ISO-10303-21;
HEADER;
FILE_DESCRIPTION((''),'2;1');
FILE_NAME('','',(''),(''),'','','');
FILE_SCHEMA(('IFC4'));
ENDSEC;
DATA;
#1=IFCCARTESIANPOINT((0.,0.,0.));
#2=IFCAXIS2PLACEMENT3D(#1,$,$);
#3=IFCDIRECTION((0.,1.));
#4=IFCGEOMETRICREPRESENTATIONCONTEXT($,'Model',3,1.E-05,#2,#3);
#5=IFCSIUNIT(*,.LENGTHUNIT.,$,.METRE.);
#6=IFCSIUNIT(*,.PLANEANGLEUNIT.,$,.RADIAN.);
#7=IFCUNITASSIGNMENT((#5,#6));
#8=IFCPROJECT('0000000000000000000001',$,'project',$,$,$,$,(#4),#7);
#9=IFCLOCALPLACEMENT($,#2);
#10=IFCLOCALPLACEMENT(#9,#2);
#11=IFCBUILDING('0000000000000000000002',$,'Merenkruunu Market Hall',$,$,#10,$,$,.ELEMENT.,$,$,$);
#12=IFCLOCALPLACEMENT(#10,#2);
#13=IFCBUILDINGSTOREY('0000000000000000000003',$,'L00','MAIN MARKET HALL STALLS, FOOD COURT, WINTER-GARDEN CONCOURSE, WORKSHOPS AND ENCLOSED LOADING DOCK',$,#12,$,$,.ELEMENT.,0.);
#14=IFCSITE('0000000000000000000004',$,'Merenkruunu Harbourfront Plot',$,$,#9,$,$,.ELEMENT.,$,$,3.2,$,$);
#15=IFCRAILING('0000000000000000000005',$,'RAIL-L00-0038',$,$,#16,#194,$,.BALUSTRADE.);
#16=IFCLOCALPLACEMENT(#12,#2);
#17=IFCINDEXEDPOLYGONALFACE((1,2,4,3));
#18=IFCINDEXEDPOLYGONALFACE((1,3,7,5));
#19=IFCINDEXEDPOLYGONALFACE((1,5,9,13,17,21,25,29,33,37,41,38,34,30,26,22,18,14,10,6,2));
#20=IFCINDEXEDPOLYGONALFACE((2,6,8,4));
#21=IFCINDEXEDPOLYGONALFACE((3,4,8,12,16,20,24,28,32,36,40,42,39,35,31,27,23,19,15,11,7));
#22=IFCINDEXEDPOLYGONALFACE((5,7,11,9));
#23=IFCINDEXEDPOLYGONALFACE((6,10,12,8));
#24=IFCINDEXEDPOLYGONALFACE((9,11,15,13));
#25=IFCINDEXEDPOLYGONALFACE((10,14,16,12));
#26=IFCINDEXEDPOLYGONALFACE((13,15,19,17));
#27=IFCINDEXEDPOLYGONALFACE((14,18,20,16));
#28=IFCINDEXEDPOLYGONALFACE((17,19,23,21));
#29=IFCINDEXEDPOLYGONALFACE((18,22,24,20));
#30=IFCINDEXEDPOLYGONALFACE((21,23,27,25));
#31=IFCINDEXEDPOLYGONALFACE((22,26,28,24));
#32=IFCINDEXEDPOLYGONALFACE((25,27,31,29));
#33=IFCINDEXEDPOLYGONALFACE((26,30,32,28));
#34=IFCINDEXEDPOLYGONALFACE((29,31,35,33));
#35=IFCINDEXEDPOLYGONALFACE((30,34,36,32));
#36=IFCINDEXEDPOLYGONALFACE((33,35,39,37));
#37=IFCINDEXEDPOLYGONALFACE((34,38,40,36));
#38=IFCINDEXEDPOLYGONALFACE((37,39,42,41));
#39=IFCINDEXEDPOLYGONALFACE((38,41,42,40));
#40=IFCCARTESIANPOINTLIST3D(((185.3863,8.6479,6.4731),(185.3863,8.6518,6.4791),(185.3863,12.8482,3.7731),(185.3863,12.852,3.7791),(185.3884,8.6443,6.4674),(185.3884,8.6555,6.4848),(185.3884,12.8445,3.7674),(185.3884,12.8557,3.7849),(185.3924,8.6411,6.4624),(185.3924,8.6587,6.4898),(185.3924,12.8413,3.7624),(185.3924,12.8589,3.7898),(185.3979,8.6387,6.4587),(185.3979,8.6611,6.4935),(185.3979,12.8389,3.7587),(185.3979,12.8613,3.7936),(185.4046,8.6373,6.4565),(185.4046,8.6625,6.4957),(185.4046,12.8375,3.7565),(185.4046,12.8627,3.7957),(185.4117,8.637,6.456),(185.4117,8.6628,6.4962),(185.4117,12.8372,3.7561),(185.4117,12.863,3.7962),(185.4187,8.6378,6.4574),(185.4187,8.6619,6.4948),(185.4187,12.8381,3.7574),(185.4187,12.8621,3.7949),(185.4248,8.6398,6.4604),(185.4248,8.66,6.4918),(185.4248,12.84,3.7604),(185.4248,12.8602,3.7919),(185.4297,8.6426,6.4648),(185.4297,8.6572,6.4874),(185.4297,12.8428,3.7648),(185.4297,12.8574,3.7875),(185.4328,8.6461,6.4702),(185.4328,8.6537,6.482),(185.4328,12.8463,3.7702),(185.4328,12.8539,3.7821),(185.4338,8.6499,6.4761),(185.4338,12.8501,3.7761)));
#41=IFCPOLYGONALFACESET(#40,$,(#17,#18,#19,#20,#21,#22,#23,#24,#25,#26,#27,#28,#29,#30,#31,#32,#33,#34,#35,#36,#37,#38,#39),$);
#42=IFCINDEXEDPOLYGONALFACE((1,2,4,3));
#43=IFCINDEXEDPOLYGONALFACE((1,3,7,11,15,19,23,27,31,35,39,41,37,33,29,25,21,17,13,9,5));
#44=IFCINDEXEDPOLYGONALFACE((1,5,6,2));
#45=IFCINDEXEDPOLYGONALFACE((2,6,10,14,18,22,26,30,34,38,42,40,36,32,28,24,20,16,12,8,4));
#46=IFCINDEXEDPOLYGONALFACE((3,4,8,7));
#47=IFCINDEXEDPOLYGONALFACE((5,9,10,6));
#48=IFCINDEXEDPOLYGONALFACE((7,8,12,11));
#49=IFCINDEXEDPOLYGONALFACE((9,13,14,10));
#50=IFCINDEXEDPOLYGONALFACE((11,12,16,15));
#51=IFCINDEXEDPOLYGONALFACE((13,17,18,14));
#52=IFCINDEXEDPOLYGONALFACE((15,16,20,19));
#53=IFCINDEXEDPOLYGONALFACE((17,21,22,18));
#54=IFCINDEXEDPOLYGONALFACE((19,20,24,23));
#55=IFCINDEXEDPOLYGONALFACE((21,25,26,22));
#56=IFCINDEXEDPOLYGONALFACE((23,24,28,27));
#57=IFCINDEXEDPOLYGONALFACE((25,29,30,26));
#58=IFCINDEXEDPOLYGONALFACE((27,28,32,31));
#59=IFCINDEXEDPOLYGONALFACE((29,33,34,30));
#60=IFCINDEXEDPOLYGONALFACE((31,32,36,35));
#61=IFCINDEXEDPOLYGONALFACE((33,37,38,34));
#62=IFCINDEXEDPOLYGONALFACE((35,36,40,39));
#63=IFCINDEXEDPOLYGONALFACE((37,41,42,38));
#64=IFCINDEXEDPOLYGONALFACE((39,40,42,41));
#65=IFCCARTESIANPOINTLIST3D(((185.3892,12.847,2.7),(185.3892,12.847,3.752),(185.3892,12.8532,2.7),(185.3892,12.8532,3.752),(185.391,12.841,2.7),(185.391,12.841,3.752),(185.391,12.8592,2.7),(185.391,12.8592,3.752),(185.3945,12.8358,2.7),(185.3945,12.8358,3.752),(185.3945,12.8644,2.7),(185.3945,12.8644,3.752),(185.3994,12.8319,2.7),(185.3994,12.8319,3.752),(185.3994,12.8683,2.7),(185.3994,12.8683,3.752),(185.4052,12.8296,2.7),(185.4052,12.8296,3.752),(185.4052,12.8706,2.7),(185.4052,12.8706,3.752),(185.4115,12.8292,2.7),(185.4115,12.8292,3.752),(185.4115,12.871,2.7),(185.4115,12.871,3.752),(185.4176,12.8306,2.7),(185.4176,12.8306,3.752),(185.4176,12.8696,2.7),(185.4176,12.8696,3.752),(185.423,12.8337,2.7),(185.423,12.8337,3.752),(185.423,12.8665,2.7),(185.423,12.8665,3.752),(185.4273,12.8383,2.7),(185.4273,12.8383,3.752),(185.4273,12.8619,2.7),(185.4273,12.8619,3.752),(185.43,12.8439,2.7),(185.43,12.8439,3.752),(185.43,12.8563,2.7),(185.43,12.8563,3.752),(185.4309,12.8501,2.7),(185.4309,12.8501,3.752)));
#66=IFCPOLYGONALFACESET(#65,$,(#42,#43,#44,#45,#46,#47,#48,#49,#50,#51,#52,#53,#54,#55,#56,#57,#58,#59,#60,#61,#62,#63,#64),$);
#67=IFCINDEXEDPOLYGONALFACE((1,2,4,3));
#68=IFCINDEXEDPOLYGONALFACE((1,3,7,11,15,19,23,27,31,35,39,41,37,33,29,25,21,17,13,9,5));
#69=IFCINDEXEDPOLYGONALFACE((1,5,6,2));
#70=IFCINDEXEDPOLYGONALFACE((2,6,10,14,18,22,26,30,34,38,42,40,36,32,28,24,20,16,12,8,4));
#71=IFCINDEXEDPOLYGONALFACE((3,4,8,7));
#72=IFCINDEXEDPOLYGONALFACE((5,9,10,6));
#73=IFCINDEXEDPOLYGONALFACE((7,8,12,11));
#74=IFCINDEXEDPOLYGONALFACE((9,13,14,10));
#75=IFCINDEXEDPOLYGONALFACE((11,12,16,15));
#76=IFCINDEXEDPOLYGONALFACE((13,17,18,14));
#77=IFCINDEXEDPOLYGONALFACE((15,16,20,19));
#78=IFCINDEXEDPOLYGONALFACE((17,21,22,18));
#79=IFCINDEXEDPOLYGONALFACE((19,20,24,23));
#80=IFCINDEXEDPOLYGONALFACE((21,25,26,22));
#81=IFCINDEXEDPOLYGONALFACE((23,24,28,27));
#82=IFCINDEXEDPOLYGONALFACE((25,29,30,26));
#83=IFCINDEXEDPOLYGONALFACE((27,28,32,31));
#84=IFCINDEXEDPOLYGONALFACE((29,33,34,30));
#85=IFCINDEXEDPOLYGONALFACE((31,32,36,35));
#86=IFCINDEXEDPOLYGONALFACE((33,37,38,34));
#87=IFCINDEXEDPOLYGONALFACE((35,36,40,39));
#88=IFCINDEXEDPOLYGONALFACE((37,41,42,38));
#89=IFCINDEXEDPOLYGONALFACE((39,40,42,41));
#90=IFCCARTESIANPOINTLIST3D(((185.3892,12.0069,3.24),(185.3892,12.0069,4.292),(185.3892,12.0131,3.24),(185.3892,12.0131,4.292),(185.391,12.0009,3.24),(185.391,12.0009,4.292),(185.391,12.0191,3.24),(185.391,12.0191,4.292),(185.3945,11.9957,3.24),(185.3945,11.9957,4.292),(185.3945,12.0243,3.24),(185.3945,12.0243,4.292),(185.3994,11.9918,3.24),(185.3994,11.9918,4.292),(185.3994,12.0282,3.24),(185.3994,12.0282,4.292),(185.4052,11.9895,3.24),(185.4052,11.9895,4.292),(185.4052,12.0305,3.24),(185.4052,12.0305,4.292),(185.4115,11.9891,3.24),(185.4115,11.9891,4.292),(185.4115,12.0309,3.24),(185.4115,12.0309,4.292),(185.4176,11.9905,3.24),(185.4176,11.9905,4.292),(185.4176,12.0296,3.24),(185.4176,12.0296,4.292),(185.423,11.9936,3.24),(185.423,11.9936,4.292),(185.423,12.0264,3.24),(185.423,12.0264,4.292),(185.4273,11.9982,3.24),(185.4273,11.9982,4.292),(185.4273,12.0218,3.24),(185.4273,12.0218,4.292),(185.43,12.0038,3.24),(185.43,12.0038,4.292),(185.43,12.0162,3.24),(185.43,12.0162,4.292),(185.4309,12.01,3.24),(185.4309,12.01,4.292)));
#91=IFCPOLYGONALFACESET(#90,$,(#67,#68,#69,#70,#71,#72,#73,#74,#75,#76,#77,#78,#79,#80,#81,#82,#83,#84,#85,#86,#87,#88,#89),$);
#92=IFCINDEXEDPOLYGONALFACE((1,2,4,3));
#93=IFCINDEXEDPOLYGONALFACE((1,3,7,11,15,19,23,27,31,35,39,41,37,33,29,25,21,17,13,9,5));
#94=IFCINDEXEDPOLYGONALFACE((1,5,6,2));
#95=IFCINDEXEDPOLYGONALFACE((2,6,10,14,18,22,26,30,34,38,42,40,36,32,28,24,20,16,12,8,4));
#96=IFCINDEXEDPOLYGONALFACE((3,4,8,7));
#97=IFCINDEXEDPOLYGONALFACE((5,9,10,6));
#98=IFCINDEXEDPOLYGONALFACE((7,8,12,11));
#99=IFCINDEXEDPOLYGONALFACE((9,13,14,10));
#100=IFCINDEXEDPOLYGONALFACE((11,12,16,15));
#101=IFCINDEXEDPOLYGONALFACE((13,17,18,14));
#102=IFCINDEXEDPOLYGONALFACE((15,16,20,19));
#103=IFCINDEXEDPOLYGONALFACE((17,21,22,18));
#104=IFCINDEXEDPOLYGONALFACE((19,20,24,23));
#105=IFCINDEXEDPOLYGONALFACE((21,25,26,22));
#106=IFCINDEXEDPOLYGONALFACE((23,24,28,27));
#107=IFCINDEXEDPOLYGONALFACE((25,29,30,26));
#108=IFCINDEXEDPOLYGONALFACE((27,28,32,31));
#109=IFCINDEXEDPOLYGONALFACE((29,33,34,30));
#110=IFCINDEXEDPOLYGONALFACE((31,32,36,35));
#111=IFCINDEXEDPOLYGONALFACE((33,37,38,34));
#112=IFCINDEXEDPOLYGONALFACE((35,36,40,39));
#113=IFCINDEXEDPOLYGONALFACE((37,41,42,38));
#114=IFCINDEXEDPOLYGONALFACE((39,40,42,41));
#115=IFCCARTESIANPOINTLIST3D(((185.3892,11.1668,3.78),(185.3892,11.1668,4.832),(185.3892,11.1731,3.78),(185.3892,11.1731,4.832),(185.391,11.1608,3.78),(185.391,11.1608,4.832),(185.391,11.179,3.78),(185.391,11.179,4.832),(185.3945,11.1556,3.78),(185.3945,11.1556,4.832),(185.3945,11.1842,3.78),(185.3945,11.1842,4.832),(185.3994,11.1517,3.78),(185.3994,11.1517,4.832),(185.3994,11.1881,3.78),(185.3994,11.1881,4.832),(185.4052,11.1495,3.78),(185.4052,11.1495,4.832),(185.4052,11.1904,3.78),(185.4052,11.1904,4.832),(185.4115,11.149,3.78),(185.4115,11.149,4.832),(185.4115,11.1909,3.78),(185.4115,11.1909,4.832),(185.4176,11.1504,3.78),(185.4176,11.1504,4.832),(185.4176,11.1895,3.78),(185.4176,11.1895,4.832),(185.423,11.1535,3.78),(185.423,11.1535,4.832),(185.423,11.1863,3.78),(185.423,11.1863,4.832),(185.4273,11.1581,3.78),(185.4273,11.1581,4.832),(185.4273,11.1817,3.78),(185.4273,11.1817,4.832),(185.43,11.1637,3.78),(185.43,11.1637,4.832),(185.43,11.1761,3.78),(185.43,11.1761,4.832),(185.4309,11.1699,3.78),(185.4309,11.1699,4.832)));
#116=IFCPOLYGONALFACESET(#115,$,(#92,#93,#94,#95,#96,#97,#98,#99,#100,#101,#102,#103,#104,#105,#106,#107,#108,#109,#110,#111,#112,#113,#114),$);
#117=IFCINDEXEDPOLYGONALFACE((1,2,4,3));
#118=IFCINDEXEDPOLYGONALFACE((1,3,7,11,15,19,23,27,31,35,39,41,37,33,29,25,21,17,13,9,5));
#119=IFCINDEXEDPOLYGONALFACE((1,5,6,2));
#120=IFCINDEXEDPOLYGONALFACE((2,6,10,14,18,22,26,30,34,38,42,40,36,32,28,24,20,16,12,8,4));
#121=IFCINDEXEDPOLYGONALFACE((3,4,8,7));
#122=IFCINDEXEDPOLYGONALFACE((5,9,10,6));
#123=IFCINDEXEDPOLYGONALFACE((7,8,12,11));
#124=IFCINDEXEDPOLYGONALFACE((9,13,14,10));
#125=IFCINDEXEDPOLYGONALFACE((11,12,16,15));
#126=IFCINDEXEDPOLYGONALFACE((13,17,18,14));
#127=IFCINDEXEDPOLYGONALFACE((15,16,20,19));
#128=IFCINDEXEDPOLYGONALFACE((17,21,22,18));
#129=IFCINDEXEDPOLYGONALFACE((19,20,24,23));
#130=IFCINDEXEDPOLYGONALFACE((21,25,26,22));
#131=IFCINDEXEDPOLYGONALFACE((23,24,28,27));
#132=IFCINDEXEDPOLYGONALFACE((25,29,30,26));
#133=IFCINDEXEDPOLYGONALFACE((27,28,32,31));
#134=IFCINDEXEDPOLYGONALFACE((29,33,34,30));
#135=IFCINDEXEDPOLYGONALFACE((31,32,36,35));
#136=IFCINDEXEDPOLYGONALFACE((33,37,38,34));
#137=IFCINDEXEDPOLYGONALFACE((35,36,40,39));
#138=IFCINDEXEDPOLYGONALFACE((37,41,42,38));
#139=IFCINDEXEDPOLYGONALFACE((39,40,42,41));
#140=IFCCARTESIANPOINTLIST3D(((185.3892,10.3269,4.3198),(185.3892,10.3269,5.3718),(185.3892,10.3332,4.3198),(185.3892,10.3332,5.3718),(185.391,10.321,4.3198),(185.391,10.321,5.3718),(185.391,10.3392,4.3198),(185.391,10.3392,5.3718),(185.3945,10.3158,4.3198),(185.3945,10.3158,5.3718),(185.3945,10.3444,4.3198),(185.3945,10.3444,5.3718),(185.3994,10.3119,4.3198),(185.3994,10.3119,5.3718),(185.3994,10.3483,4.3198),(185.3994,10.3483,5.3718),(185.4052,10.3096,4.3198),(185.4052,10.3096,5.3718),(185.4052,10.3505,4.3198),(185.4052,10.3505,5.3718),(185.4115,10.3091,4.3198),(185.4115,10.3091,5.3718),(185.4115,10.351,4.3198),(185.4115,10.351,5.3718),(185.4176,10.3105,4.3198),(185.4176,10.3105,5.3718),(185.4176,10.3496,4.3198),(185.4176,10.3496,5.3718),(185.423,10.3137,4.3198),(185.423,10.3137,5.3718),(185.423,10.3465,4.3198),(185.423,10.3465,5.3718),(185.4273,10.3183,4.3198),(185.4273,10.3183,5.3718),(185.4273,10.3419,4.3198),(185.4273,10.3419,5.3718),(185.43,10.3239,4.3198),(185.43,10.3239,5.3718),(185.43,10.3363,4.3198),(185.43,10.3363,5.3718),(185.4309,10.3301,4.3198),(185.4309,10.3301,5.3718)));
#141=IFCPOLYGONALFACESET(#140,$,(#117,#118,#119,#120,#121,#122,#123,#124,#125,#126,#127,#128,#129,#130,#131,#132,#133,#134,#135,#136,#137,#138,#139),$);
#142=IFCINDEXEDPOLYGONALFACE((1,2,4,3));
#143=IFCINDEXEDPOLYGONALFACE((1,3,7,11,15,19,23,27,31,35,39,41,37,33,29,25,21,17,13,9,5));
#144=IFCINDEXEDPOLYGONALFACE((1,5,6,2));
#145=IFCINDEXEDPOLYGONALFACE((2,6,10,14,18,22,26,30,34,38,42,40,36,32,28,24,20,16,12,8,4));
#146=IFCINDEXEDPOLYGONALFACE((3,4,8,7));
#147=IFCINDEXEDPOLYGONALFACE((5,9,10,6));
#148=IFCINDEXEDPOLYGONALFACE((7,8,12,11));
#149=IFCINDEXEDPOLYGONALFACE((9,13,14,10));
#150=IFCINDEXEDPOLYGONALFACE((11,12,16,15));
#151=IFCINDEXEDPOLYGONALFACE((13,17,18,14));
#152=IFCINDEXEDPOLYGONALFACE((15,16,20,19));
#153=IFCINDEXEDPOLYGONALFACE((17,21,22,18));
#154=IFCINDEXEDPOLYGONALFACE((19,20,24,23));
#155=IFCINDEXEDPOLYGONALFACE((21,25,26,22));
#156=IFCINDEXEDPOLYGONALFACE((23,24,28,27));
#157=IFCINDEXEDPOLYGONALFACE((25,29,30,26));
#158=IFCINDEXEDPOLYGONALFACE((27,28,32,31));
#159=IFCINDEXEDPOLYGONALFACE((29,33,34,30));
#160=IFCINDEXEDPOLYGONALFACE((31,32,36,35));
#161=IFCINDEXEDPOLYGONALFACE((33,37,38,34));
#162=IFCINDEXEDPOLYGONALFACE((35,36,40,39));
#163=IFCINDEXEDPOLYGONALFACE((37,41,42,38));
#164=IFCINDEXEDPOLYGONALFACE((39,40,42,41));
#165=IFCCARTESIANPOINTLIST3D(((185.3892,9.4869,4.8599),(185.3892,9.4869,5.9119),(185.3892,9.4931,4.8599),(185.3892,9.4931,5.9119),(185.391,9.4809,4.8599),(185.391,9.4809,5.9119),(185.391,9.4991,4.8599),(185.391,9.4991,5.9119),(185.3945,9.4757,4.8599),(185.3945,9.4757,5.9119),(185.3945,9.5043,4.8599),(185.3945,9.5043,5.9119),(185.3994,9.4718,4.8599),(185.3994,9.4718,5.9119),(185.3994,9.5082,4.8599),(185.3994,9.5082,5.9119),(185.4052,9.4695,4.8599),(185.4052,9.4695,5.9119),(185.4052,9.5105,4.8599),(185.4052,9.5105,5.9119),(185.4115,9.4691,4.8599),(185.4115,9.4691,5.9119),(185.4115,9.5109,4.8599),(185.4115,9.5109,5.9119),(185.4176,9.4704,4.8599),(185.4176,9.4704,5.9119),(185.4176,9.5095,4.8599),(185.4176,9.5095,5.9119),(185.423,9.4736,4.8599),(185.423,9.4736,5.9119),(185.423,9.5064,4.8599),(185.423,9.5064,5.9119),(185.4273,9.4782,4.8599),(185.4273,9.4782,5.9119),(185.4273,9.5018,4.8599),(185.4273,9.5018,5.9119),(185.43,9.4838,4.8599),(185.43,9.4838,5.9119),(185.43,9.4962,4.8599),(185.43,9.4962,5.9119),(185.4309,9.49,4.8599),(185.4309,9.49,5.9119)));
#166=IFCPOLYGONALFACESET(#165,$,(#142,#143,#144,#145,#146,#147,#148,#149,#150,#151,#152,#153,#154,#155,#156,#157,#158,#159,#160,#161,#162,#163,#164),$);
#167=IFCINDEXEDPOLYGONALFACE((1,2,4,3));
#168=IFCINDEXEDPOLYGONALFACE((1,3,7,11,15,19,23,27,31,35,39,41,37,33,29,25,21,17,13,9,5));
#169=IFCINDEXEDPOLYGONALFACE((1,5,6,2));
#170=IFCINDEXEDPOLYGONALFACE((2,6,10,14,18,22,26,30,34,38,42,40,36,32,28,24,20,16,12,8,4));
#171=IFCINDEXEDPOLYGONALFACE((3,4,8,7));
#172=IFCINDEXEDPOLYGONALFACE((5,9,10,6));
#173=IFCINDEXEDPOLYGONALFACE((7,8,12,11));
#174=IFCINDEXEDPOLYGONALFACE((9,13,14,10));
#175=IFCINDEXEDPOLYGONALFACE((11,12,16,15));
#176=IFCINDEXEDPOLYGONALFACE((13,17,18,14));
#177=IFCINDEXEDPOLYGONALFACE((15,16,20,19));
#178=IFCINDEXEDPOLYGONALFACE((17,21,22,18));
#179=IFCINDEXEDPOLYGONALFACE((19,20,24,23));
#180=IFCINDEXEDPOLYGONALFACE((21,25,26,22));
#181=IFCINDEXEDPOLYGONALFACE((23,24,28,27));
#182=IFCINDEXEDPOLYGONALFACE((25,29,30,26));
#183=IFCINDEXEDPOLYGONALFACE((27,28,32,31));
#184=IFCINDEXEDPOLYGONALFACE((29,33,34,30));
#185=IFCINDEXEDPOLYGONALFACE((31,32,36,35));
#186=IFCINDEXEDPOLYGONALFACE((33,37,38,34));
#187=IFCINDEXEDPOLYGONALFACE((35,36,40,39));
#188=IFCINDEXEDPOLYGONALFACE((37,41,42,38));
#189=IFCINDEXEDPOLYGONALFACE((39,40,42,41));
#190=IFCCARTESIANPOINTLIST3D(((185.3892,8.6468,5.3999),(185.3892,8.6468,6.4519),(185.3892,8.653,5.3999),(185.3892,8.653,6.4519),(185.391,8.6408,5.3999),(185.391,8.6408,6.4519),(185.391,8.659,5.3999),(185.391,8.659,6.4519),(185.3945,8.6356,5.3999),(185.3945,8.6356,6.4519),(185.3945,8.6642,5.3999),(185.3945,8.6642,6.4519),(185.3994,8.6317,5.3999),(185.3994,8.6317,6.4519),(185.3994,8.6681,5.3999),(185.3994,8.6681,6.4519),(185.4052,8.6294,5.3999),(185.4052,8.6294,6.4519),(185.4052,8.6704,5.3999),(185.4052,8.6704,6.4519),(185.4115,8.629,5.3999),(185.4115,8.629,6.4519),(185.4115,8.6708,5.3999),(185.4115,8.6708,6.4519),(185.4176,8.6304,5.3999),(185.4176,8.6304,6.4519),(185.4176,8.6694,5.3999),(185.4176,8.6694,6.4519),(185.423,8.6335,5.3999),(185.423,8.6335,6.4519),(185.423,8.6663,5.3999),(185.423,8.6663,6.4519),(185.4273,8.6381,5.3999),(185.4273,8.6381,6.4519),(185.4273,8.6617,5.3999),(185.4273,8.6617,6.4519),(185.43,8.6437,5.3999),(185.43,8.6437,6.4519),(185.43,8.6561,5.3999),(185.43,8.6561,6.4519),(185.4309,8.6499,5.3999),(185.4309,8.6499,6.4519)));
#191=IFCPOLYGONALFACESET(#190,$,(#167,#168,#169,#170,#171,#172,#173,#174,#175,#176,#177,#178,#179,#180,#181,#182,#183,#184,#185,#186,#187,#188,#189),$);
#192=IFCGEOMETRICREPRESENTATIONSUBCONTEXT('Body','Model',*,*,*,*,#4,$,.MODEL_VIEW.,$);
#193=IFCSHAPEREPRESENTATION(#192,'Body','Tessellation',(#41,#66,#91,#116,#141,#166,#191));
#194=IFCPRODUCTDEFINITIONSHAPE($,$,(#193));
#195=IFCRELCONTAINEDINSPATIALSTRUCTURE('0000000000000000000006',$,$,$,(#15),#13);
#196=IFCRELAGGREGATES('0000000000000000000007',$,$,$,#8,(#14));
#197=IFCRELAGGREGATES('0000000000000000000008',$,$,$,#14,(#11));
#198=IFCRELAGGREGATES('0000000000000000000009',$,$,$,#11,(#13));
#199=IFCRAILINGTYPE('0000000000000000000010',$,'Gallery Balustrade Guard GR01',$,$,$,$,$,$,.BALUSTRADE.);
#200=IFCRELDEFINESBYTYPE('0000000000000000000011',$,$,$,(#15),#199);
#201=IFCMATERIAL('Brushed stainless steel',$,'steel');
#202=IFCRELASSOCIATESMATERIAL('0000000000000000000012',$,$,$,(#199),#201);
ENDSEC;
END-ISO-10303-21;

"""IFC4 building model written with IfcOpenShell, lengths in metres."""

from ifc_helpers import new_model, si_unit, direction, frame, origin, origin_2d, place, context, subcontext, project, spatial, circle, extrude, material, type_object, element, save


model = new_model("IFC4")

# Units and contexts
model_context = context("Model", 3, precision=1e-05, world=origin(), true_north=direction((0.0, 1.0)))
body_context = subcontext(model_context, "Body", "Model", "MODEL_VIEW")
ifc_project = project(units=[si_unit("LENGTHUNIT", "METRE"), si_unit("PLANEANGLEUNIT", "RADIAN")], contexts=[model_context])

# Site, building, storey
site_placement = place(None, origin())
site = spatial("IfcSite", under=ifc_project, at=site_placement, Name="Merenkruunu Harbourfront Plot", CompositionType="ELEMENT", RefElevation=3.2)
building_placement = place(site_placement, origin())
building = spatial("IfcBuilding", under=site, at=building_placement, Name="Merenkruunu Market Hall", CompositionType="ELEMENT")
storey_placement = place(building_placement, origin())
storey = spatial("IfcBuildingStorey", under=building, at=storey_placement, Name="L00", Description="MAIN MARKET HALL STALLS, FOOD COURT, WINTER-GARDEN CONCOURSE, WORKSHOPS AND ENCLOSED LOADING DOCK", CompositionType="ELEMENT", Elevation=0.0)

# Railing
ifc_material_1 = material(Name="Brushed stainless steel", Category="steel")
railing_type_1 = type_object("IfcRailingType", Name="Gallery Balustrade Guard GR01", PredefinedType="BALUSTRADE", material=ifc_material_1)
railing_1_placement = place(storey_placement, frame((185.4099, 12.8501, 2.7)))
element("IfcRailing", 1, at=railing_1_placement, inside=storey, type_object=railing_type_1, Name="RAIL-L00-0038", PredefinedType="BALUSTRADE", context=body_context, shape_type="SweptSolid", body=[
    extrude(circle(Radius=0.0239, at=origin_2d()), frame((0.0, 0.0, 1.0762), z_axis=(0.0, -0.841194, 0.540733), x_axis=(1.0, 0.0, 0.0)), (0.0, 0.0, 1.0), 4.9932),
    extrude(circle(Radius=0.021, at=origin_2d()), origin(), (0.0, 0.0, 1.0), 1.052),
    extrude(circle(Radius=0.021, at=origin_2d()), frame((0.0, -0.8401, 0.54)), (0.0, 0.0, 1.0), 1.052),
    extrude(circle(Radius=0.021, at=origin_2d()), frame((0.0, -1.6802, 1.0801)), (0.0, 0.0, 1.0), 1.052),
    extrude(circle(Radius=0.021, at=origin_2d()), frame((0.0, -2.52, 1.6199)), (0.0, 0.0, 1.0), 1.052),
    extrude(circle(Radius=0.021, at=origin_2d()), frame((0.0, -3.3601, 2.1599)), (0.0, 0.0, 1.0), 1.052),
    extrude(circle(Radius=0.021, at=origin_2d()), frame((0.0, -4.2002, 2.7)), (0.0, 0.0, 1.0), 1.052),
])

save(model, "model.ifc")
